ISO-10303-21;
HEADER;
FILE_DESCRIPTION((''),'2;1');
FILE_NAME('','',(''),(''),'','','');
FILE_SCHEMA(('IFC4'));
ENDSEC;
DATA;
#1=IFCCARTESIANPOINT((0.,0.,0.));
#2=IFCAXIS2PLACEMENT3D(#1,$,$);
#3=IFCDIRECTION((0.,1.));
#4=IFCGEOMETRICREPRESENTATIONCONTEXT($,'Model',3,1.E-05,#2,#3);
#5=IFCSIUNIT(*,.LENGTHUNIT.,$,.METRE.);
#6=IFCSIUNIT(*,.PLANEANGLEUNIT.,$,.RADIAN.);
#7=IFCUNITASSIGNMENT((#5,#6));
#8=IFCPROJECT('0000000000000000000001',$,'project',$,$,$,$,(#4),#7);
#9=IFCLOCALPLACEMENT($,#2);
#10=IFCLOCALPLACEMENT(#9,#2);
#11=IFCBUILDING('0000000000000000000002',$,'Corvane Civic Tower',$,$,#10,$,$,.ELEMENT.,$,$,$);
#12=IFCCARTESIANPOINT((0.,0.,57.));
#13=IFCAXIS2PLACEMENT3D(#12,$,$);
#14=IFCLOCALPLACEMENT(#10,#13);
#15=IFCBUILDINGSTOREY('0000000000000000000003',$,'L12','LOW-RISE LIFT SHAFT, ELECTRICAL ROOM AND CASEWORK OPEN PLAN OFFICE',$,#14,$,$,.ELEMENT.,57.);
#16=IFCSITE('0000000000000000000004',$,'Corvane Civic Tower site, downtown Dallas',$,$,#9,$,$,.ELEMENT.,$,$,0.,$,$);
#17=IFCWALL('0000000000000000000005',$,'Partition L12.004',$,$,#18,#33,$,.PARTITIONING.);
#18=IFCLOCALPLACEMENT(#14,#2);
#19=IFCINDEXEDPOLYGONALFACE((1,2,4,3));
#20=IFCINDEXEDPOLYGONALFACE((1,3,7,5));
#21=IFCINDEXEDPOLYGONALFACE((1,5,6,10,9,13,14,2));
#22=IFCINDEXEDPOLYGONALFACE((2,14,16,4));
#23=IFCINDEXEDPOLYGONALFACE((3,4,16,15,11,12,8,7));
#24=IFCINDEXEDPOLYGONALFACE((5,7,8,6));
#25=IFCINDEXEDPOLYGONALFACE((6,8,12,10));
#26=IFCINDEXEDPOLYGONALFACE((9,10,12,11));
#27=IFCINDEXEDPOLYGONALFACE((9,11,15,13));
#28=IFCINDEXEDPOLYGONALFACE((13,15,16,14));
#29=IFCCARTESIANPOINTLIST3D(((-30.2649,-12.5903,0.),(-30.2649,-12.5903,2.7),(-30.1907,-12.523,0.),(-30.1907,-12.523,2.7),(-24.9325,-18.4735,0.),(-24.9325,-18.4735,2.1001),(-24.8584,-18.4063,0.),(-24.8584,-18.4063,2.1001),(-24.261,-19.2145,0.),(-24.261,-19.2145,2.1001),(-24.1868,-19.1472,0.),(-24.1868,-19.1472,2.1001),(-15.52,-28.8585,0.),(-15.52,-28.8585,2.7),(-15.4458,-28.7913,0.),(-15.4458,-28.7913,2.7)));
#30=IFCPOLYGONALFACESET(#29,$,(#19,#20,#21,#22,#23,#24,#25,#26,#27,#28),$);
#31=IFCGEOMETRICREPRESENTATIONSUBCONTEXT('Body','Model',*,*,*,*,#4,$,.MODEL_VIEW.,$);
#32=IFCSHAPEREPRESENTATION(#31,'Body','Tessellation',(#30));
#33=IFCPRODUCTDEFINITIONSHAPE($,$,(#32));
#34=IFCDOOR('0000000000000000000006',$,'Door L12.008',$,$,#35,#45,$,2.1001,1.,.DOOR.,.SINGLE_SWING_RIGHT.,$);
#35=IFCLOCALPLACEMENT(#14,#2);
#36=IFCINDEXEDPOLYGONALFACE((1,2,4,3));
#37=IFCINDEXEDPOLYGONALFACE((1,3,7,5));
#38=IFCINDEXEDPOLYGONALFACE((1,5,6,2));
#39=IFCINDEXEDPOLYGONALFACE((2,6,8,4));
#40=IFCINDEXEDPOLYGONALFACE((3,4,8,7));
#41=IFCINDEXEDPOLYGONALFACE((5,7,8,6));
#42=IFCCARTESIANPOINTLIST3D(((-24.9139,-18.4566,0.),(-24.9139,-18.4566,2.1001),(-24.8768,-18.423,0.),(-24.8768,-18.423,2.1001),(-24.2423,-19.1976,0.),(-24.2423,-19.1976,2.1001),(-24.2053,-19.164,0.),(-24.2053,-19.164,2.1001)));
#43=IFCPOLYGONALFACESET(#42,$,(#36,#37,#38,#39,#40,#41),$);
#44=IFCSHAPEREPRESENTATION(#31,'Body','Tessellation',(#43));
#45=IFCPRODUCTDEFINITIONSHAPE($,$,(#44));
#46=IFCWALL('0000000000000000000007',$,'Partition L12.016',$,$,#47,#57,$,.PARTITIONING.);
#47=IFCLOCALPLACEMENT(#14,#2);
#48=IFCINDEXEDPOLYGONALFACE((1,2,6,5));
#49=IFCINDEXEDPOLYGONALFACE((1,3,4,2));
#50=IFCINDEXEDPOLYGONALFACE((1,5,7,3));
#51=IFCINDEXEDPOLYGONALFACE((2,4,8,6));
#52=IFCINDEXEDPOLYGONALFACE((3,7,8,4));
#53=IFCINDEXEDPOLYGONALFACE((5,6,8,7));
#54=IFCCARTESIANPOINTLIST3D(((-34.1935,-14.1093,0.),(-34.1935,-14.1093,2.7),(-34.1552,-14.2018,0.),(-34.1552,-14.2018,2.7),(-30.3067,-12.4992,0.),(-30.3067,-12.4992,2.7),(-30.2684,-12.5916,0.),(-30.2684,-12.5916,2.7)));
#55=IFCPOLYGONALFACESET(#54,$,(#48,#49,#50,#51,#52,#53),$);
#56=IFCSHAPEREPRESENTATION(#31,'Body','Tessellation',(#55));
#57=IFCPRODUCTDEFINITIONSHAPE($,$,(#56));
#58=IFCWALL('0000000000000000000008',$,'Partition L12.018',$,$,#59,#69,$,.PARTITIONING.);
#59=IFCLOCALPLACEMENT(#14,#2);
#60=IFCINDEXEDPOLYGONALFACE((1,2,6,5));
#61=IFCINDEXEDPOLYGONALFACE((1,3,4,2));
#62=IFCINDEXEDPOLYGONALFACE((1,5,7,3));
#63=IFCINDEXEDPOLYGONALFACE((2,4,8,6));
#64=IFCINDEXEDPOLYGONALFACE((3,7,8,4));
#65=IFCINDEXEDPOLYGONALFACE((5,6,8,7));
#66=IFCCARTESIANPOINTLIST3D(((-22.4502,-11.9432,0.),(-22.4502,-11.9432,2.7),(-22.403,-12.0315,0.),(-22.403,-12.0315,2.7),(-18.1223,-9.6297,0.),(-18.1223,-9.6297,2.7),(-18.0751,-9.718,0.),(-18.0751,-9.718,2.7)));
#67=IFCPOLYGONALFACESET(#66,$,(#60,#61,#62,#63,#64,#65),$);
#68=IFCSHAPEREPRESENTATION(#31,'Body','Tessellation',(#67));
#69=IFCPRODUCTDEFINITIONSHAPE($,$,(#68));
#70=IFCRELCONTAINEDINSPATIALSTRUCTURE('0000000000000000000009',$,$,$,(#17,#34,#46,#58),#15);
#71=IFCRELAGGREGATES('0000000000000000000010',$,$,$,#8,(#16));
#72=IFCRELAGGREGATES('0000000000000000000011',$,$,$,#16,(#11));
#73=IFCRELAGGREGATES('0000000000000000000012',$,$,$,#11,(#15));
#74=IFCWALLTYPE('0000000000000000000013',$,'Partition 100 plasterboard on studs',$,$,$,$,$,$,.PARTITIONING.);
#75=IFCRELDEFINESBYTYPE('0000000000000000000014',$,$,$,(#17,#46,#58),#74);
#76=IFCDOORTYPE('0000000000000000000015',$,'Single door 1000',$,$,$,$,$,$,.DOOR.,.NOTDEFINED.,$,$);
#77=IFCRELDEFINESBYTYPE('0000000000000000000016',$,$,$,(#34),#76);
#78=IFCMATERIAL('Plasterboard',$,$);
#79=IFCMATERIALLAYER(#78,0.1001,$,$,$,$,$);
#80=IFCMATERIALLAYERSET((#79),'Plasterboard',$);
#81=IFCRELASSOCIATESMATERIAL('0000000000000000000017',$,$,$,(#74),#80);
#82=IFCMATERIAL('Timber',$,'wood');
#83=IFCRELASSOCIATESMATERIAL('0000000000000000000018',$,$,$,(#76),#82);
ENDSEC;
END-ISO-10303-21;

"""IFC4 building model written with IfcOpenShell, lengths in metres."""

from ifc_helpers import new_model, si_unit, direction, frame, frame_2d, origin, place, context, subcontext, project, spatial, rectangle, extrude, material, layer, layer_set, type_object, element, fill, save


model = new_model("IFC4")

# Units and contexts
model_context = context("Model", 3, precision=1e-05, world=origin(), true_north=direction((0.0, 1.0)))
body_context = subcontext(model_context, "Body", "Model", "MODEL_VIEW")
ifc_project = project(units=[si_unit("LENGTHUNIT", "METRE"), si_unit("PLANEANGLEUNIT", "RADIAN")], contexts=[model_context])

# Site, building, storey
site_placement = place(None, origin())
site = spatial("IfcSite", under=ifc_project, at=site_placement, Name="Corvane Civic Tower site, downtown Dallas", CompositionType="ELEMENT", RefElevation=0.0)
building_placement = place(site_placement, origin())
building = spatial("IfcBuilding", under=site, at=building_placement, Name="Corvane Civic Tower", CompositionType="ELEMENT")
storey_placement = place(building_placement, frame((0.0, 0.0, 57.0)))
storey = spatial("IfcBuildingStorey", under=building, at=storey_placement, Name="L12", Description="LOW-RISE LIFT SHAFT, ELECTRICAL ROOM AND CASEWORK OPEN PLAN OFFICE", CompositionType="ELEMENT", Elevation=57.0)

# Wall, opening, door
ifc_material_1 = material(Name="Plasterboard")
ifc_layer_1 = layer(ifc_material_1, 0.1001)
ifc_layer_set_1 = layer_set([ifc_layer_1], Name="Plasterboard")
wall_type_1 = type_object("IfcWallType", Name="Partition 100 plasterboard on studs", PredefinedType="PARTITIONING", material=ifc_layer_set_1)
wall_1_placement = place(storey_placement, frame((-30.2278, -12.5566, 0.0), z_axis=(0.0, 0.0, 1.0), x_axis=(0.671562, -0.740948, 0.0)))
wall_1 = element("IfcWall", 1, at=wall_1_placement, inside=storey, type_object=wall_type_1, Name="Partition L12.004", PredefinedType="PARTITIONING", context=body_context, shape_type="SweptSolid", body=[
    extrude(rectangle(XDim=21.9561, YDim=0.1001, at=frame_2d((10.978, 0.0))), origin(), (0.0, 0.0, 1.0), 2.7),
])
opening_placement = place(wall_1_placement, frame((7.9402, 0.0, 0.0)))
opening = element("IfcOpeningElement", 2, at=opening_placement, cuts=wall_1, PredefinedType="OPENING", context=body_context, shape_type="SweptSolid", body=[
    extrude(rectangle(XDim=1.0, YDim=2.1001, at=frame_2d((0.5, 1.05))), frame((0.0, 0.0601, 0.0), z_axis=(0.0, -1.0, 0.0), x_axis=(1.0, 0.0, 0.0)), (0.0, 0.0, 1.0), 0.1201),
])
ifc_material_2 = material(Name="Timber", Category="wood")
door_type = type_object("IfcDoorType", Name="Single door 1000", OperationType="NOTDEFINED", PredefinedType="DOOR", material=ifc_material_2)
door_placement = place(opening_placement, frame((1.0, 0.0, 0.0), z_axis=(0.0, 0.0, 1.0), x_axis=(-1.0, 0.0, 0.0)))
door = element("IfcDoor", 3, at=door_placement, inside=storey, type_object=door_type, Name="Door L12.008", OperationType="SINGLE_SWING_RIGHT", OverallHeight=2.1001, OverallWidth=1.0, PredefinedType="DOOR", context=body_context, shape_type="SweptSolid", body=[
    extrude(rectangle(XDim=1.0, YDim=2.1001, at=frame_2d((0.5, 1.05))), frame((0.0, 0.0249, 0.0), z_axis=(0.0, -1.0, 0.0), x_axis=(1.0, 0.0, 0.0)), (0.0, 0.0, 1.0), 0.05),
])
fill(opening, door)

# Walls
wall_2_placement = place(storey_placement, frame((-34.1743, -14.1555, 0.0), z_axis=(0.0, 0.0, 1.0), x_axis=(0.923865, 0.382719, 0.0)))
element("IfcWall", 4, at=wall_2_placement, inside=storey, type_object=wall_type_1, Name="Partition L12.016", PredefinedType="PARTITIONING", context=body_context, shape_type="SweptSolid", body=[
    extrude(rectangle(XDim=4.207, YDim=0.1001, at=frame_2d((2.1035, 0.0))), origin(), (0.0, 0.0, 1.0), 2.7),
])
wall_3_placement = place(storey_placement, frame((-22.4265, -11.9873, 0.0), z_axis=(0.0, 0.0, 1.0), x_axis=(0.881906, 0.471425, 0.0)))
element("IfcWall", 5, at=wall_3_placement, inside=storey, type_object=wall_type_1, Name="Partition L12.018", PredefinedType="PARTITIONING", context=body_context, shape_type="SweptSolid", body=[
    extrude(rectangle(XDim=4.9075, YDim=0.1001, at=frame_2d((2.4536, 0.0))), origin(), (0.0, 0.0, 1.0), 2.7),
])

save(model, "model.ifc")
